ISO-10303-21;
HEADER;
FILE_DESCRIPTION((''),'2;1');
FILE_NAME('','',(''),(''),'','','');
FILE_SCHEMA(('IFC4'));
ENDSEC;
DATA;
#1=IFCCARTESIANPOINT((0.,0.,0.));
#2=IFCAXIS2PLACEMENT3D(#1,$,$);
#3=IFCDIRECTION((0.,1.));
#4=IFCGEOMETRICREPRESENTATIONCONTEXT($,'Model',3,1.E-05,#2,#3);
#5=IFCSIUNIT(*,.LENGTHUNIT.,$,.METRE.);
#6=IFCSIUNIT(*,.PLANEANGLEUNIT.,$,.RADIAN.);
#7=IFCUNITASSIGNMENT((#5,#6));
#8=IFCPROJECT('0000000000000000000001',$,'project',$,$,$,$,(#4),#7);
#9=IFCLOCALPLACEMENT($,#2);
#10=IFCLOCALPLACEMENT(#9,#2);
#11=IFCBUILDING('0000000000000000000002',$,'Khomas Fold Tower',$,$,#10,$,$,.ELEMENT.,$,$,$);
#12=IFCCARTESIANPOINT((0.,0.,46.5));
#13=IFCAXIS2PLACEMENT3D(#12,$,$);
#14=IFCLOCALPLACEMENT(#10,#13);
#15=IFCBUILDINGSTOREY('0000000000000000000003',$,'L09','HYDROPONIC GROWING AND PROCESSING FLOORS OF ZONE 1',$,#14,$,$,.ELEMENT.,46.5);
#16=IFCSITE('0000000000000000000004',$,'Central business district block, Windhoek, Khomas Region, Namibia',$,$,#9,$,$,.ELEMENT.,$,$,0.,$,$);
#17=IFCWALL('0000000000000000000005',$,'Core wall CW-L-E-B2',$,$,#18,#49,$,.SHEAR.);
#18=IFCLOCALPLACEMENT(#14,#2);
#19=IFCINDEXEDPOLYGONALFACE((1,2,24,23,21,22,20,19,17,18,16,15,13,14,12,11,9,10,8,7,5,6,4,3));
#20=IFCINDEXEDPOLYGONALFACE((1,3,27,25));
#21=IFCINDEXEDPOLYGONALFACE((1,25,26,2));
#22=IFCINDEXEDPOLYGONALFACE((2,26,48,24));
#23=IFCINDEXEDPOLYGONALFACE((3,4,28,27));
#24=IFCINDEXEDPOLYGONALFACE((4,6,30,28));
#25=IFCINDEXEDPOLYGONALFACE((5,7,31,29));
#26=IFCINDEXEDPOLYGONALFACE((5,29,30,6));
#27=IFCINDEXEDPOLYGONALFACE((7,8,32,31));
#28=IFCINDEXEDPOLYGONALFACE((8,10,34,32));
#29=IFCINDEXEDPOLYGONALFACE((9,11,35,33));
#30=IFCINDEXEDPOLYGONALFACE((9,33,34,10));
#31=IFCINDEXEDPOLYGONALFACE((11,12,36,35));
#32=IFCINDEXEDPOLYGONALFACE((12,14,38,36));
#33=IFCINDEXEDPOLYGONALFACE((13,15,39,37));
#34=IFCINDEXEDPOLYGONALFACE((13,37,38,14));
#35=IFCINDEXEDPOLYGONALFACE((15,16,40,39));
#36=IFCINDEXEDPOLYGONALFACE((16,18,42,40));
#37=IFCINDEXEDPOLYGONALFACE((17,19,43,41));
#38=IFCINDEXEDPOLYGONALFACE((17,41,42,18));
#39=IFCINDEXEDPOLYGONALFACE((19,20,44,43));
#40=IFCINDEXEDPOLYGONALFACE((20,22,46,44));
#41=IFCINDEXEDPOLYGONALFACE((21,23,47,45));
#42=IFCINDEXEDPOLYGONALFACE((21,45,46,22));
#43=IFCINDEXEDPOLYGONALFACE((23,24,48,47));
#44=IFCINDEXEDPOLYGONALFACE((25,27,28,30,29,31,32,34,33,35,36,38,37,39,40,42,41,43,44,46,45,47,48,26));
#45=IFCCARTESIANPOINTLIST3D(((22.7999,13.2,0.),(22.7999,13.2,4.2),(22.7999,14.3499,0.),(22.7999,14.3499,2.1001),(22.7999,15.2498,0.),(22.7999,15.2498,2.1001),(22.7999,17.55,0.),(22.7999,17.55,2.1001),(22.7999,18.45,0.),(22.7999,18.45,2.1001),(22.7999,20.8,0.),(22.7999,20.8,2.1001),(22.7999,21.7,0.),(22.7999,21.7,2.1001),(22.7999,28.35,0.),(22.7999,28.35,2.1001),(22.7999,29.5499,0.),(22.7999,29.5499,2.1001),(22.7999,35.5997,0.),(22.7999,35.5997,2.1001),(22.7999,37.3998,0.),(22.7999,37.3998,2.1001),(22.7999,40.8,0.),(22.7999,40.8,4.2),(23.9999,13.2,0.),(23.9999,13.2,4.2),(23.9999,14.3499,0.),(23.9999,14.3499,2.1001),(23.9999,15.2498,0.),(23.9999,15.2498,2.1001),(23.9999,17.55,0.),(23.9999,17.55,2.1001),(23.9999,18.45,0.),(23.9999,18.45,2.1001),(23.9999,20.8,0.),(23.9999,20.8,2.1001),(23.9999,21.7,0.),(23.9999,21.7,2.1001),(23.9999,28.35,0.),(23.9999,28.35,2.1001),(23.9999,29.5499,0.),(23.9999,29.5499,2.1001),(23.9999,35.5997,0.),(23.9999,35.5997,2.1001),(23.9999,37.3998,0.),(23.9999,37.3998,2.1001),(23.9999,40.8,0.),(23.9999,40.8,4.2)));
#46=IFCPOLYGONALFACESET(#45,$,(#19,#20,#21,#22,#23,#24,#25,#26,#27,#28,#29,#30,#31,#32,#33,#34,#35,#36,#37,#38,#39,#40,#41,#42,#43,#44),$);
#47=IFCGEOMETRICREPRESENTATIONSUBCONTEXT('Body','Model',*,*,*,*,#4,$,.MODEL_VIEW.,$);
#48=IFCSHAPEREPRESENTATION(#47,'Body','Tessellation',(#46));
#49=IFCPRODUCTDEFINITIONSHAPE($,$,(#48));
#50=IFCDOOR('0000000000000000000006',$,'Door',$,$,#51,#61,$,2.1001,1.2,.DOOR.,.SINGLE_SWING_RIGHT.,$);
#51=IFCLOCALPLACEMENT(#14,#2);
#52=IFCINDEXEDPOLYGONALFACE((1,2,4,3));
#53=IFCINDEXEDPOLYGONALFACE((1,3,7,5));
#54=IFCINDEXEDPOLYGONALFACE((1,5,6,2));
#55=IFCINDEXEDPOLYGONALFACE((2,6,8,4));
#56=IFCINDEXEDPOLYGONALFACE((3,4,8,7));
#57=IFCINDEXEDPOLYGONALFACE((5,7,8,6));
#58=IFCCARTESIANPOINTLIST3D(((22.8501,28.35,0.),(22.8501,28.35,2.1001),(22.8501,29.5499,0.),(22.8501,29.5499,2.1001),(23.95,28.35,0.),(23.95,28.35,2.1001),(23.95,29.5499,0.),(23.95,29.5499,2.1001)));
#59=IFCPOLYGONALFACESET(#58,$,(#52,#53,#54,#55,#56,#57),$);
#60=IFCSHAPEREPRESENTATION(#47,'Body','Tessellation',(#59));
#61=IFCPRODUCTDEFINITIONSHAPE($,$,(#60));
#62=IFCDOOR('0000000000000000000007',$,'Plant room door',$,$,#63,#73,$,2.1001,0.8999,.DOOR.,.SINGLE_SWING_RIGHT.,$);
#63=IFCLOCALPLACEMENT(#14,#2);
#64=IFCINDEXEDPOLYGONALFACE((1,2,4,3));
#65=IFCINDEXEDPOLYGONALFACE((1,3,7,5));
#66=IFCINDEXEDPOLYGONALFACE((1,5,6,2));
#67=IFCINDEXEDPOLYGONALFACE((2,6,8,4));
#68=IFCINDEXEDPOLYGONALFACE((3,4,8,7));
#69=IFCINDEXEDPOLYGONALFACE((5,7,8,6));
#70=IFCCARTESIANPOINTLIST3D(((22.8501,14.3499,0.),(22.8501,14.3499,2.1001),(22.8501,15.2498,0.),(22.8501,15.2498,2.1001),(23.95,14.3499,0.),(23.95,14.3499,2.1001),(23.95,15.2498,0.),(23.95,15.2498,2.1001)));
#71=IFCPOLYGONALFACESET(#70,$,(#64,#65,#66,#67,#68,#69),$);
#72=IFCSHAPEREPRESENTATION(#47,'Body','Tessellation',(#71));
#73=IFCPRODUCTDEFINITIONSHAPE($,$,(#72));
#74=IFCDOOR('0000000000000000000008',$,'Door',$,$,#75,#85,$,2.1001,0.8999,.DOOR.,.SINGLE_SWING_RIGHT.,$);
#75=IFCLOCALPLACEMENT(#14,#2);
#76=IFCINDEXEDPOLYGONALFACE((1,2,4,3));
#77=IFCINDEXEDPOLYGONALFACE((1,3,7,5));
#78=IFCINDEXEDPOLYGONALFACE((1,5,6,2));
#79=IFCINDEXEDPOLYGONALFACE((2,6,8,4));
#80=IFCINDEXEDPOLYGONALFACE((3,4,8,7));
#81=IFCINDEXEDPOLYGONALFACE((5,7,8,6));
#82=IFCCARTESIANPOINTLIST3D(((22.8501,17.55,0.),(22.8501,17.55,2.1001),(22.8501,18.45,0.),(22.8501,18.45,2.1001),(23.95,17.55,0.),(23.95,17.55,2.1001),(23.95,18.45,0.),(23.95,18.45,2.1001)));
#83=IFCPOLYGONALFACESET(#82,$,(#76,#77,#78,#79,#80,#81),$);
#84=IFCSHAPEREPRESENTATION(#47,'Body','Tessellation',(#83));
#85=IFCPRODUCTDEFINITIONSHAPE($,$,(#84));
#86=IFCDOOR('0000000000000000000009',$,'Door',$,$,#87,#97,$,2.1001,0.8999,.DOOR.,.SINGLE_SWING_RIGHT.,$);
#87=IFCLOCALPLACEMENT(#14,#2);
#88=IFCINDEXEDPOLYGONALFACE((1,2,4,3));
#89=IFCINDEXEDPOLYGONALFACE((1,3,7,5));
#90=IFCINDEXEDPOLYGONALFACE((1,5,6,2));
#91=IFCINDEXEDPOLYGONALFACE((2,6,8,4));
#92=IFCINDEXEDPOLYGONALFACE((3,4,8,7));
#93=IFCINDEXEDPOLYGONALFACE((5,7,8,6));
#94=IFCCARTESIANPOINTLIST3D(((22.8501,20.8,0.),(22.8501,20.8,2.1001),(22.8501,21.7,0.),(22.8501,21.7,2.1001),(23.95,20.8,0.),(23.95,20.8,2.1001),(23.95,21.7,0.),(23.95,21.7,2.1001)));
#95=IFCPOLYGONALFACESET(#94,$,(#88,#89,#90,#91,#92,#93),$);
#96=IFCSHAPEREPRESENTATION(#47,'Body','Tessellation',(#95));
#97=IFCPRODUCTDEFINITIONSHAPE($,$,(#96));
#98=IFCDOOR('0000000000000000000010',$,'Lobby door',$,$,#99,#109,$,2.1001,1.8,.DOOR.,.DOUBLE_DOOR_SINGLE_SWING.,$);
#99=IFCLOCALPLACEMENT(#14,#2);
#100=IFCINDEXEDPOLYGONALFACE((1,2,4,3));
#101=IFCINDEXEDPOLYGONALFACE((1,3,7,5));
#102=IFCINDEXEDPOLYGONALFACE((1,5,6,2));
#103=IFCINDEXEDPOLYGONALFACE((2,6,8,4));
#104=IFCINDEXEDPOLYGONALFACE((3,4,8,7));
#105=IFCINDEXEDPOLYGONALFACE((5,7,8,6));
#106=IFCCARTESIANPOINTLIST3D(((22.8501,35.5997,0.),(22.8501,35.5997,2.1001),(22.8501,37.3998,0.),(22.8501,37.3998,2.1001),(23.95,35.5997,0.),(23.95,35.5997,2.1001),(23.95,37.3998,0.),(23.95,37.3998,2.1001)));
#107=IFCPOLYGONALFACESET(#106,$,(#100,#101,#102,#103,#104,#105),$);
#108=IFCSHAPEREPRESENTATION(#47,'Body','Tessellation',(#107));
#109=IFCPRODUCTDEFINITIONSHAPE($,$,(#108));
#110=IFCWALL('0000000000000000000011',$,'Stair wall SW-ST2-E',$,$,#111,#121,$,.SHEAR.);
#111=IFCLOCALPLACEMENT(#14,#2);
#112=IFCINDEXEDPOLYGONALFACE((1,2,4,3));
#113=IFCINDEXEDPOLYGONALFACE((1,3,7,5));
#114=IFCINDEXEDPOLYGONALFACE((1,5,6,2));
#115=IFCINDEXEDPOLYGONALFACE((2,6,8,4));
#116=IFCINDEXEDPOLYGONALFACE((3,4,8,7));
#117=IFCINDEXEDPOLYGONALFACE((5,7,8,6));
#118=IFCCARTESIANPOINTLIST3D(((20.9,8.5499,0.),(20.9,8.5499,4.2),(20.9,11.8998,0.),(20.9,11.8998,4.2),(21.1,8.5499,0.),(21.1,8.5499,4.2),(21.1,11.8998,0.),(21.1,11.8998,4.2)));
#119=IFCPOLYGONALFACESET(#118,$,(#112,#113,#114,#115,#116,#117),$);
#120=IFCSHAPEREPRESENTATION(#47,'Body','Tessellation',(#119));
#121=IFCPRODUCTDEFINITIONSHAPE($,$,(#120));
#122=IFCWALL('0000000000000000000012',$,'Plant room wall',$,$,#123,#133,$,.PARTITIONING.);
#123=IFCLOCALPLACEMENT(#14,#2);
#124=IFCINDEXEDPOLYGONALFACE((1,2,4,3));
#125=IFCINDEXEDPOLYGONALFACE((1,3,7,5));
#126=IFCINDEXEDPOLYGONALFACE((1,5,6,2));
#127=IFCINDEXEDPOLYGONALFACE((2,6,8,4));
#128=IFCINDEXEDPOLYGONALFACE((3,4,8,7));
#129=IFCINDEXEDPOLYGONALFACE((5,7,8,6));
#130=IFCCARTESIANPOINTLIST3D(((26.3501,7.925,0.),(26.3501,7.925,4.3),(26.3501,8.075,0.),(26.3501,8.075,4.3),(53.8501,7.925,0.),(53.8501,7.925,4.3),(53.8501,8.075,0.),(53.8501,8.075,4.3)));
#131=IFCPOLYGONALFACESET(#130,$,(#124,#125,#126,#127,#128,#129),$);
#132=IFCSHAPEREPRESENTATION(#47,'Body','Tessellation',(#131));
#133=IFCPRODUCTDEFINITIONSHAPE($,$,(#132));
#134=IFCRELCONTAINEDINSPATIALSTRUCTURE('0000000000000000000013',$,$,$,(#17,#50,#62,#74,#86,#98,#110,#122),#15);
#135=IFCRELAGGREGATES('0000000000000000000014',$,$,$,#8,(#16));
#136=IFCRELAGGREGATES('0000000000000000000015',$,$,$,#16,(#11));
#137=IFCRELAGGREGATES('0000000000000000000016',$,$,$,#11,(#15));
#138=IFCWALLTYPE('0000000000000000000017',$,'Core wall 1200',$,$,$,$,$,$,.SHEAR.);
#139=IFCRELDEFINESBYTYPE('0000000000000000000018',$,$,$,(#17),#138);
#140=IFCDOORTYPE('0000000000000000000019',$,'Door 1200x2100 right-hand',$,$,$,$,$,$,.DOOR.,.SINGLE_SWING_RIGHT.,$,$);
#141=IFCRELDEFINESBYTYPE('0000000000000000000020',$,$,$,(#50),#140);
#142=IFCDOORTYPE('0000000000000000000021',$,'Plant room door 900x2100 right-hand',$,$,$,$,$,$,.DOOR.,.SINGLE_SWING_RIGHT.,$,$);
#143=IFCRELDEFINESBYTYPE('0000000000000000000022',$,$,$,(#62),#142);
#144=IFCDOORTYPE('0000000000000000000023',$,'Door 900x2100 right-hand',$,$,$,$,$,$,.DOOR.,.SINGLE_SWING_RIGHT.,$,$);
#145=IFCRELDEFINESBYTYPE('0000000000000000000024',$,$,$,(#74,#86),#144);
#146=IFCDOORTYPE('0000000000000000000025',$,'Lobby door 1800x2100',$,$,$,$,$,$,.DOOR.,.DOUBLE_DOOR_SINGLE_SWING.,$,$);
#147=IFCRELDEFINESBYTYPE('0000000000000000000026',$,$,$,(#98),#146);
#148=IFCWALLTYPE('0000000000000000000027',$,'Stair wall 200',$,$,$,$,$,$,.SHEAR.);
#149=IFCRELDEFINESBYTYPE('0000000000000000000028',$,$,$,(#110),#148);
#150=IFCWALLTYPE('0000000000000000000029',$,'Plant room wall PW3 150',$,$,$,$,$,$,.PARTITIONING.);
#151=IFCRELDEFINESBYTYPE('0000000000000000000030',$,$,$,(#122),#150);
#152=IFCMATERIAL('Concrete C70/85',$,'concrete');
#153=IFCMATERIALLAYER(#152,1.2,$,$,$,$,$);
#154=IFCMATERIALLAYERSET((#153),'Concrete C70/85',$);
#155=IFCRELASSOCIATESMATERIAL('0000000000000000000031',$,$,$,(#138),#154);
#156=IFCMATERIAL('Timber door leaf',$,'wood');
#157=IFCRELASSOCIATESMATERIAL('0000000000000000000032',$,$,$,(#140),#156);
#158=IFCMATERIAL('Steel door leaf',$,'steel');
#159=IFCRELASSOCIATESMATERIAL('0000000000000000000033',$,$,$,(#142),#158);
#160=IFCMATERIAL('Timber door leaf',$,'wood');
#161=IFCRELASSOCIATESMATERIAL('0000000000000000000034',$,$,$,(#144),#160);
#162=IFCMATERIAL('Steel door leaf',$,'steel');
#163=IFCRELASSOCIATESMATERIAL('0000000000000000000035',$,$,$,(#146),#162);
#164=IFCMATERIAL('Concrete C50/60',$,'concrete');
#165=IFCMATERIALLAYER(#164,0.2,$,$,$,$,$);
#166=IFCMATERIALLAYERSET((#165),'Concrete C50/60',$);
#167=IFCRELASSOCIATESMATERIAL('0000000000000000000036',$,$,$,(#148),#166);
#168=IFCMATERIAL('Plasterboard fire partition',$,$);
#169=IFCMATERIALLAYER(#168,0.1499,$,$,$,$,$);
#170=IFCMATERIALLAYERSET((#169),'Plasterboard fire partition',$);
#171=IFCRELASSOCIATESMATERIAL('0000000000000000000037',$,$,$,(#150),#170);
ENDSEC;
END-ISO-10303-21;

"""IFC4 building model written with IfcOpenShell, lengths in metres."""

from ifc_helpers import new_model, si_unit, direction, frame, frame_2d, origin, place, context, subcontext, project, spatial, rectangle, extrude, source, transform, mapped, material, layer, layer_set, type_object, element, fill, save


model = new_model("IFC4")

# Units and contexts
model_context = context("Model", 3, precision=1e-05, world=origin(), true_north=direction((0.0, 1.0)))
body_context = subcontext(model_context, "Body", "Model", "MODEL_VIEW")
ifc_project = project(units=[si_unit("LENGTHUNIT", "METRE"), si_unit("PLANEANGLEUNIT", "RADIAN")], contexts=[model_context])

# Site, building, storey
site_placement = place(None, origin())
site = spatial("IfcSite", under=ifc_project, at=site_placement, Name="Central business district block, Windhoek, Khomas Region, Namibia", CompositionType="ELEMENT", RefElevation=0.0)
building_placement = place(site_placement, origin())
building = spatial("IfcBuilding", under=site, at=building_placement, Name="Khomas Fold Tower", CompositionType="ELEMENT")
storey_placement = place(building_placement, frame((0.0, 0.0, 46.5)))
storey = spatial("IfcBuildingStorey", under=building, at=storey_placement, Name="L09", Description="HYDROPONIC GROWING AND PROCESSING FLOORS OF ZONE 1", CompositionType="ELEMENT", Elevation=46.5)

# Shared definitions
ifc_material_1 = material(Name="Concrete C70/85", Category="concrete")
ifc_layer_1 = layer(ifc_material_1, 1.2)
ifc_layer_set_1 = layer_set([ifc_layer_1], Name="Concrete C70/85")
wall_type_1 = type_object("IfcWallType", Name="Core wall 1200", PredefinedType="SHEAR", material=ifc_layer_set_1)

# Wall, openings, doors
shared_shape_1 = source(origin(), body_context, "Body", "SweptSolid", [
    extrude(rectangle(XDim=27.6001, YDim=1.2, at=frame_2d((13.8, 0.0))), origin(), (0.0, 0.0, 1.0), 4.2),
])
wall_1_placement = place(storey_placement, frame((23.3999, 13.2, 0.0), z_axis=(0.0, 0.0, 1.0), x_axis=(0.0, 1.0, 0.0)))
wall_1 = element("IfcWall", 1, at=wall_1_placement, inside=storey, type_object=wall_type_1, Name="Core wall CW-L-E-B2", PredefinedType="SHEAR", context=body_context, shape_type="MappedRepresentation", body=[
    mapped(shared_shape_1, transform((0.0, 0.0, 0.0))),
])
shared_shape_2 = source(origin(), body_context, "Body", "SweptSolid", [
    extrude(rectangle(XDim=1.8, YDim=2.1001, at=frame_2d((0.8999, 1.05))), frame((0.0, 0.6099, 0.0), z_axis=(0.0, -1.0, 0.0), x_axis=(1.0, 0.0, 0.0)), (0.0, 0.0, 1.0), 1.22),
])
opening_1_placement = place(wall_1_placement, frame((22.3999, 0.0, 0.0)))
opening_1 = element("IfcOpeningElement", 2, at=opening_1_placement, cuts=wall_1, PredefinedType="OPENING", context=body_context, shape_type="MappedRepresentation", body=[
    mapped(shared_shape_2, transform((0.0, 0.0, 0.0))),
])
shared_shape_3 = source(origin(), body_context, "Body", "SweptSolid", [
    extrude(rectangle(XDim=1.2, YDim=2.1001, at=frame_2d((0.6001, 1.05))), frame((0.0, 0.6099, 0.0), z_axis=(0.0, -1.0, 0.0), x_axis=(1.0, 0.0, 0.0)), (0.0, 0.0, 1.0), 1.22),
])
opening_2_placement = place(wall_1_placement, frame((15.1499, 0.0, 0.0)))
opening_2 = element("IfcOpeningElement", 3, at=opening_2_placement, cuts=wall_1, PredefinedType="OPENING", context=body_context, shape_type="MappedRepresentation", body=[
    mapped(shared_shape_3, transform((0.0, 0.0, 0.0))),
])
shared_shape_4 = source(origin(), body_context, "Body", "SweptSolid", [
    extrude(rectangle(XDim=0.8999, YDim=2.1001, at=frame_2d((0.45, 1.05))), frame((0.0, 0.6099, 0.0), z_axis=(0.0, -1.0, 0.0), x_axis=(1.0, 0.0, 0.0)), (0.0, 0.0, 1.0), 1.22),
])
opening_3_placement = place(wall_1_placement, frame((1.1499, 0.0, 0.0)))
opening_3 = element("IfcOpeningElement", 4, at=opening_3_placement, cuts=wall_1, PredefinedType="OPENING", context=body_context, shape_type="MappedRepresentation", body=[
    mapped(shared_shape_4, transform((0.0, 0.0, 0.0))),
])
opening_4_placement = place(wall_1_placement, frame((4.3501, 0.0, 0.0)))
opening_4 = element("IfcOpeningElement", 5, at=opening_4_placement, cuts=wall_1, PredefinedType="OPENING", context=body_context, shape_type="MappedRepresentation", body=[
    mapped(shared_shape_4, transform((0.0, 0.0, 0.0))),
])
opening_5_placement = place(wall_1_placement, frame((7.6001, 0.0, 0.0)))
opening_5 = element("IfcOpeningElement", 6, at=opening_5_placement, cuts=wall_1, PredefinedType="OPENING", context=body_context, shape_type="MappedRepresentation", body=[
    mapped(shared_shape_4, transform((0.0, 0.0, 0.0))),
])
ifc_material_2 = material(Name="Timber door leaf", Category="wood")
door_type_1 = type_object("IfcDoorType", Name="Door 1200x2100 right-hand", OperationType="SINGLE_SWING_RIGHT", PredefinedType="DOOR", material=ifc_material_2)
shared_shape_5 = source(origin(), body_context, "Body", "SweptSolid", [
    extrude(rectangle(XDim=1.2, YDim=2.1001, at=frame_2d((0.6001, 1.05))), frame((0.0, 0.5498, 0.0), z_axis=(0.0, -1.0, 0.0), x_axis=(1.0, 0.0, 0.0)), (0.0, 0.0, 1.0), 1.0999),
])
door_1_placement = place(opening_2_placement, origin())
door_1 = element("IfcDoor", 7, at=door_1_placement, inside=storey, type_object=door_type_1, Name="Door", OperationType="SINGLE_SWING_RIGHT", OverallHeight=2.1001, OverallWidth=1.2, PredefinedType="DOOR", context=body_context, shape_type="MappedRepresentation", body=[
    mapped(shared_shape_5, transform((0.0, 0.0, 0.0))),
])
fill(opening_2, door_1)
ifc_material_3 = material(Name="Steel door leaf", Category="steel")
door_type_2 = type_object("IfcDoorType", Name="Plant room door 900x2100 right-hand", OperationType="SINGLE_SWING_RIGHT", PredefinedType="DOOR", material=ifc_material_3)
shared_shape_6 = source(origin(), body_context, "Body", "SweptSolid", [
    extrude(rectangle(XDim=0.8999, YDim=2.1001, at=frame_2d((0.45, 1.05))), frame((0.0, 0.5498, 0.0), z_axis=(0.0, -1.0, 0.0), x_axis=(1.0, 0.0, 0.0)), (0.0, 0.0, 1.0), 1.0999),
])
door_2_placement = place(opening_3_placement, origin())
door_2 = element("IfcDoor", 8, at=door_2_placement, inside=storey, type_object=door_type_2, Name="Plant room door", OperationType="SINGLE_SWING_RIGHT", OverallHeight=2.1001, OverallWidth=0.8999, PredefinedType="DOOR", context=body_context, shape_type="MappedRepresentation", body=[
    mapped(shared_shape_6, transform((0.0, 0.0, 0.0))),
])
fill(opening_3, door_2)
ifc_material_4 = material(Name="Timber door leaf", Category="wood")
door_type_3 = type_object("IfcDoorType", Name="Door 900x2100 right-hand", OperationType="SINGLE_SWING_RIGHT", PredefinedType="DOOR", material=ifc_material_4)
door_3_placement = place(opening_4_placement, origin())
door_3 = element("IfcDoor", 9, at=door_3_placement, inside=storey, type_object=door_type_3, Name="Door", OperationType="SINGLE_SWING_RIGHT", OverallHeight=2.1001, OverallWidth=0.8999, PredefinedType="DOOR", context=body_context, shape_type="MappedRepresentation", body=[
    mapped(shared_shape_6, transform((0.0, 0.0, 0.0))),
])
fill(opening_4, door_3)
door_4_placement = place(opening_5_placement, origin())
door_4 = element("IfcDoor", 10, at=door_4_placement, inside=storey, type_object=door_type_3, Name="Door", OperationType="SINGLE_SWING_RIGHT", OverallHeight=2.1001, OverallWidth=0.8999, PredefinedType="DOOR", context=body_context, shape_type="MappedRepresentation", body=[
    mapped(shared_shape_6, transform((0.0, 0.0, 0.0))),
])
fill(opening_5, door_4)
ifc_material_5 = material(Name="Steel door leaf", Category="steel")
door_type_4 = type_object("IfcDoorType", Name="Lobby door 1800x2100", OperationType="DOUBLE_DOOR_SINGLE_SWING", PredefinedType="DOOR", material=ifc_material_5)
shared_shape_7 = source(origin(), body_context, "Body", "SweptSolid", [
    extrude(rectangle(XDim=1.8, YDim=2.1001, at=frame_2d((0.8999, 1.05))), frame((0.0, 0.5498, 0.0), z_axis=(0.0, -1.0, 0.0), x_axis=(1.0, 0.0, 0.0)), (0.0, 0.0, 1.0), 1.0999),
])
door_5_placement = place(opening_1_placement, origin())
door_5 = element("IfcDoor", 11, at=door_5_placement, inside=storey, type_object=door_type_4, Name="Lobby door", OperationType="DOUBLE_DOOR_SINGLE_SWING", OverallHeight=2.1001, OverallWidth=1.8, PredefinedType="DOOR", context=body_context, shape_type="MappedRepresentation", body=[
    mapped(shared_shape_7, transform((0.0, 0.0, 0.0))),
])
fill(opening_1, door_5)

# Walls
ifc_material_6 = material(Name="Concrete C50/60", Category="concrete")
ifc_layer_2 = layer(ifc_material_6, 0.2)
ifc_layer_set_2 = layer_set([ifc_layer_2], Name="Concrete C50/60")
wall_type_2 = type_object("IfcWallType", Name="Stair wall 200", PredefinedType="SHEAR", material=ifc_layer_set_2)
shared_shape_8 = source(origin(), body_context, "Body", "SweptSolid", [
    extrude(rectangle(XDim=3.3499, YDim=0.2, at=frame_2d((1.6748, 0.0))), origin(), (0.0, 0.0, 1.0), 4.2),
])
wall_2_placement = place(storey_placement, frame((21.0, 8.55, 0.0), z_axis=(0.0, 0.0, 1.0), x_axis=(0.0, 1.0, 0.0)))
element("IfcWall", 12, at=wall_2_placement, inside=storey, type_object=wall_type_2, Name="Stair wall SW-ST2-E", PredefinedType="SHEAR", context=body_context, shape_type="MappedRepresentation", body=[
    mapped(shared_shape_8, transform((0.0, 0.0, 0.0))),
])
ifc_material_7 = material(Name="Plasterboard fire partition")
ifc_layer_3 = layer(ifc_material_7, 0.1499)
ifc_layer_set_3 = layer_set([ifc_layer_3], Name="Plasterboard fire partition")
wall_type_3 = type_object("IfcWallType", Name="Plant room wall PW3 150", PredefinedType="PARTITIONING", material=ifc_layer_set_3)
shared_shape_9 = source(origin(), body_context, "Body", "SweptSolid", [
    extrude(rectangle(XDim=27.5, YDim=0.1499, at=frame_2d((13.75, 0.0))), origin(), (0.0, 0.0, 1.0), 4.3),
])
wall_3_placement = place(storey_placement, frame((26.3501, 8.0, 0.0), z_axis=(0.0, 0.0, 1.0), x_axis=(1.0, 0.0, 0.0)))
element("IfcWall", 13, at=wall_3_placement, inside=storey, type_object=wall_type_3, Name="Plant room wall", PredefinedType="PARTITIONING", context=body_context, shape_type="MappedRepresentation", body=[
    mapped(shared_shape_9, transform((0.0, 0.0, 0.0))),
])

save(model, "model.ifc")
